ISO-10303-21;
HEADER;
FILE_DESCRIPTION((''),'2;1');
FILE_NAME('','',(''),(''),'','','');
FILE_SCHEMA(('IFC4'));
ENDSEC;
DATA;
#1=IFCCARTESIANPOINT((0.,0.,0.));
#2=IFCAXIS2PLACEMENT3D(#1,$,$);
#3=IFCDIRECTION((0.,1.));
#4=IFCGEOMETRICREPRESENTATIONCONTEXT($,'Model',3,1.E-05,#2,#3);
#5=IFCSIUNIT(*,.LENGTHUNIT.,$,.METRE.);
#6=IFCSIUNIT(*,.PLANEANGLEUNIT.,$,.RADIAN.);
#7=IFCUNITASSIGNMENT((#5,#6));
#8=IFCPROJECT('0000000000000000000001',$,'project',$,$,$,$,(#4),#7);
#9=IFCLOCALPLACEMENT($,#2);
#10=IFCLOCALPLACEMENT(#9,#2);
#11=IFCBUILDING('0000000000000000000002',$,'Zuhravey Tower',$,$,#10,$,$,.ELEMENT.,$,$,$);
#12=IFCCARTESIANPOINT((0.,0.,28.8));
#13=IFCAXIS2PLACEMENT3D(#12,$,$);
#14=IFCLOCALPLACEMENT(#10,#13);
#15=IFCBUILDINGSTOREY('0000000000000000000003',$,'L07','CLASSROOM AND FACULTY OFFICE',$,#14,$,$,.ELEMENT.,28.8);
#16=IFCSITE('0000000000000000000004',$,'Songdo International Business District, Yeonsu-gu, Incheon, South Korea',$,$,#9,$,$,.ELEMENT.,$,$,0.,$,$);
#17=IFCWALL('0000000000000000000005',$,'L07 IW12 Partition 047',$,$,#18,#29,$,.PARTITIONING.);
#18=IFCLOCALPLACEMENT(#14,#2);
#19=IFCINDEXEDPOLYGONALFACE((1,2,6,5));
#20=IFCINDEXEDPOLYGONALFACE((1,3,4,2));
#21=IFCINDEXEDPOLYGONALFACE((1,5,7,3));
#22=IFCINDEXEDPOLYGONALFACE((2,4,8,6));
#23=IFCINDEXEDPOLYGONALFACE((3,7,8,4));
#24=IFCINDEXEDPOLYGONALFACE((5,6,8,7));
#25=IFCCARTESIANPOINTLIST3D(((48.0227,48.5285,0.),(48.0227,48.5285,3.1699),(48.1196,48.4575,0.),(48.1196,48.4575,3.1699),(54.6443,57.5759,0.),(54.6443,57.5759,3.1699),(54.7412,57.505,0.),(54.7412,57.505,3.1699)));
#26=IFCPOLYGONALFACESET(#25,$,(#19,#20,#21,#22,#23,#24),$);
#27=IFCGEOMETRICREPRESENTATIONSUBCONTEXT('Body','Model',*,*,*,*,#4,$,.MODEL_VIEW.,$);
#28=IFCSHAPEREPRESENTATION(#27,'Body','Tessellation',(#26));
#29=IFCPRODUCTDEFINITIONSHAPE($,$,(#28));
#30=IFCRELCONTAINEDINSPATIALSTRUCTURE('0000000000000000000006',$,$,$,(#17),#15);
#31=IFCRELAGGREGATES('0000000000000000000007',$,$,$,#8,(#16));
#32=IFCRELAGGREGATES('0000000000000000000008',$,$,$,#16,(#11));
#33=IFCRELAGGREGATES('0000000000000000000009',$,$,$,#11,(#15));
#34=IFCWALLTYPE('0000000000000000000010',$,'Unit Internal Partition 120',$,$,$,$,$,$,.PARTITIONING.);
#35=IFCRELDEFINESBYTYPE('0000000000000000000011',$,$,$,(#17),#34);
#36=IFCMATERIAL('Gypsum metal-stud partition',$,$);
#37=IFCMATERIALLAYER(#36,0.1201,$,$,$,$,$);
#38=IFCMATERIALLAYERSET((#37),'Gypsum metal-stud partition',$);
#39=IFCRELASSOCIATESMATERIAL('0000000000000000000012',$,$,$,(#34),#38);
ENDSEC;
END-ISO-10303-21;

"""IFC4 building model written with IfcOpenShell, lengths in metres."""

from ifc_helpers import new_model, si_unit, direction, frame, frame_2d, origin, place, context, subcontext, project, spatial, rectangle, extrude, material, layer, layer_set, type_object, element, save


model = new_model("IFC4")

# Units and contexts
model_context = context("Model", 3, precision=1e-05, world=origin(), true_north=direction((0.0, 1.0)))
body_context = subcontext(model_context, "Body", "Model", "MODEL_VIEW")
ifc_project = project(units=[si_unit("LENGTHUNIT", "METRE"), si_unit("PLANEANGLEUNIT", "RADIAN")], contexts=[model_context])

# Site, building, storey
site_placement = place(None, origin())
site = spatial("IfcSite", under=ifc_project, at=site_placement, Name="Songdo International Business District, Yeonsu-gu, Incheon, South Korea", CompositionType="ELEMENT", RefElevation=0.0)
building_placement = place(site_placement, origin())
building = spatial("IfcBuilding", under=site, at=building_placement, Name="Zuhravey Tower", CompositionType="ELEMENT")
storey_placement = place(building_placement, frame((0.0, 0.0, 28.8)))
storey = spatial("IfcBuildingStorey", under=building, at=storey_placement, Name="L07", Description="CLASSROOM AND FACULTY OFFICE", CompositionType="ELEMENT", Elevation=28.8)

# Wall
ifc_material_1 = material(Name="Gypsum metal-stud partition")
ifc_layer_1 = layer(ifc_material_1, 0.1201)
ifc_layer_set_1 = layer_set([ifc_layer_1], Name="Gypsum metal-stud partition")
wall_type_1 = type_object("IfcWallType", Name="Unit Internal Partition 120", PredefinedType="PARTITIONING", material=ifc_layer_set_1)
wall_1_placement = place(storey_placement, frame((48.071, 48.4929, 0.0), z_axis=(0.0, 0.0, 1.0), x_axis=(0.590601, 0.806964, 0.0)))
element("IfcWall", 1, at=wall_1_placement, inside=storey, type_object=wall_type_1, Name="L07 IW12 Partition 047", PredefinedType="PARTITIONING", context=body_context, shape_type="SweptSolid", body=[
    extrude(rectangle(XDim=11.2117, YDim=0.1201, at=frame_2d((5.606, 0.0))), origin(), (0.0, 0.0, 1.0), 3.1699),
])

save(model, "model.ifc")
